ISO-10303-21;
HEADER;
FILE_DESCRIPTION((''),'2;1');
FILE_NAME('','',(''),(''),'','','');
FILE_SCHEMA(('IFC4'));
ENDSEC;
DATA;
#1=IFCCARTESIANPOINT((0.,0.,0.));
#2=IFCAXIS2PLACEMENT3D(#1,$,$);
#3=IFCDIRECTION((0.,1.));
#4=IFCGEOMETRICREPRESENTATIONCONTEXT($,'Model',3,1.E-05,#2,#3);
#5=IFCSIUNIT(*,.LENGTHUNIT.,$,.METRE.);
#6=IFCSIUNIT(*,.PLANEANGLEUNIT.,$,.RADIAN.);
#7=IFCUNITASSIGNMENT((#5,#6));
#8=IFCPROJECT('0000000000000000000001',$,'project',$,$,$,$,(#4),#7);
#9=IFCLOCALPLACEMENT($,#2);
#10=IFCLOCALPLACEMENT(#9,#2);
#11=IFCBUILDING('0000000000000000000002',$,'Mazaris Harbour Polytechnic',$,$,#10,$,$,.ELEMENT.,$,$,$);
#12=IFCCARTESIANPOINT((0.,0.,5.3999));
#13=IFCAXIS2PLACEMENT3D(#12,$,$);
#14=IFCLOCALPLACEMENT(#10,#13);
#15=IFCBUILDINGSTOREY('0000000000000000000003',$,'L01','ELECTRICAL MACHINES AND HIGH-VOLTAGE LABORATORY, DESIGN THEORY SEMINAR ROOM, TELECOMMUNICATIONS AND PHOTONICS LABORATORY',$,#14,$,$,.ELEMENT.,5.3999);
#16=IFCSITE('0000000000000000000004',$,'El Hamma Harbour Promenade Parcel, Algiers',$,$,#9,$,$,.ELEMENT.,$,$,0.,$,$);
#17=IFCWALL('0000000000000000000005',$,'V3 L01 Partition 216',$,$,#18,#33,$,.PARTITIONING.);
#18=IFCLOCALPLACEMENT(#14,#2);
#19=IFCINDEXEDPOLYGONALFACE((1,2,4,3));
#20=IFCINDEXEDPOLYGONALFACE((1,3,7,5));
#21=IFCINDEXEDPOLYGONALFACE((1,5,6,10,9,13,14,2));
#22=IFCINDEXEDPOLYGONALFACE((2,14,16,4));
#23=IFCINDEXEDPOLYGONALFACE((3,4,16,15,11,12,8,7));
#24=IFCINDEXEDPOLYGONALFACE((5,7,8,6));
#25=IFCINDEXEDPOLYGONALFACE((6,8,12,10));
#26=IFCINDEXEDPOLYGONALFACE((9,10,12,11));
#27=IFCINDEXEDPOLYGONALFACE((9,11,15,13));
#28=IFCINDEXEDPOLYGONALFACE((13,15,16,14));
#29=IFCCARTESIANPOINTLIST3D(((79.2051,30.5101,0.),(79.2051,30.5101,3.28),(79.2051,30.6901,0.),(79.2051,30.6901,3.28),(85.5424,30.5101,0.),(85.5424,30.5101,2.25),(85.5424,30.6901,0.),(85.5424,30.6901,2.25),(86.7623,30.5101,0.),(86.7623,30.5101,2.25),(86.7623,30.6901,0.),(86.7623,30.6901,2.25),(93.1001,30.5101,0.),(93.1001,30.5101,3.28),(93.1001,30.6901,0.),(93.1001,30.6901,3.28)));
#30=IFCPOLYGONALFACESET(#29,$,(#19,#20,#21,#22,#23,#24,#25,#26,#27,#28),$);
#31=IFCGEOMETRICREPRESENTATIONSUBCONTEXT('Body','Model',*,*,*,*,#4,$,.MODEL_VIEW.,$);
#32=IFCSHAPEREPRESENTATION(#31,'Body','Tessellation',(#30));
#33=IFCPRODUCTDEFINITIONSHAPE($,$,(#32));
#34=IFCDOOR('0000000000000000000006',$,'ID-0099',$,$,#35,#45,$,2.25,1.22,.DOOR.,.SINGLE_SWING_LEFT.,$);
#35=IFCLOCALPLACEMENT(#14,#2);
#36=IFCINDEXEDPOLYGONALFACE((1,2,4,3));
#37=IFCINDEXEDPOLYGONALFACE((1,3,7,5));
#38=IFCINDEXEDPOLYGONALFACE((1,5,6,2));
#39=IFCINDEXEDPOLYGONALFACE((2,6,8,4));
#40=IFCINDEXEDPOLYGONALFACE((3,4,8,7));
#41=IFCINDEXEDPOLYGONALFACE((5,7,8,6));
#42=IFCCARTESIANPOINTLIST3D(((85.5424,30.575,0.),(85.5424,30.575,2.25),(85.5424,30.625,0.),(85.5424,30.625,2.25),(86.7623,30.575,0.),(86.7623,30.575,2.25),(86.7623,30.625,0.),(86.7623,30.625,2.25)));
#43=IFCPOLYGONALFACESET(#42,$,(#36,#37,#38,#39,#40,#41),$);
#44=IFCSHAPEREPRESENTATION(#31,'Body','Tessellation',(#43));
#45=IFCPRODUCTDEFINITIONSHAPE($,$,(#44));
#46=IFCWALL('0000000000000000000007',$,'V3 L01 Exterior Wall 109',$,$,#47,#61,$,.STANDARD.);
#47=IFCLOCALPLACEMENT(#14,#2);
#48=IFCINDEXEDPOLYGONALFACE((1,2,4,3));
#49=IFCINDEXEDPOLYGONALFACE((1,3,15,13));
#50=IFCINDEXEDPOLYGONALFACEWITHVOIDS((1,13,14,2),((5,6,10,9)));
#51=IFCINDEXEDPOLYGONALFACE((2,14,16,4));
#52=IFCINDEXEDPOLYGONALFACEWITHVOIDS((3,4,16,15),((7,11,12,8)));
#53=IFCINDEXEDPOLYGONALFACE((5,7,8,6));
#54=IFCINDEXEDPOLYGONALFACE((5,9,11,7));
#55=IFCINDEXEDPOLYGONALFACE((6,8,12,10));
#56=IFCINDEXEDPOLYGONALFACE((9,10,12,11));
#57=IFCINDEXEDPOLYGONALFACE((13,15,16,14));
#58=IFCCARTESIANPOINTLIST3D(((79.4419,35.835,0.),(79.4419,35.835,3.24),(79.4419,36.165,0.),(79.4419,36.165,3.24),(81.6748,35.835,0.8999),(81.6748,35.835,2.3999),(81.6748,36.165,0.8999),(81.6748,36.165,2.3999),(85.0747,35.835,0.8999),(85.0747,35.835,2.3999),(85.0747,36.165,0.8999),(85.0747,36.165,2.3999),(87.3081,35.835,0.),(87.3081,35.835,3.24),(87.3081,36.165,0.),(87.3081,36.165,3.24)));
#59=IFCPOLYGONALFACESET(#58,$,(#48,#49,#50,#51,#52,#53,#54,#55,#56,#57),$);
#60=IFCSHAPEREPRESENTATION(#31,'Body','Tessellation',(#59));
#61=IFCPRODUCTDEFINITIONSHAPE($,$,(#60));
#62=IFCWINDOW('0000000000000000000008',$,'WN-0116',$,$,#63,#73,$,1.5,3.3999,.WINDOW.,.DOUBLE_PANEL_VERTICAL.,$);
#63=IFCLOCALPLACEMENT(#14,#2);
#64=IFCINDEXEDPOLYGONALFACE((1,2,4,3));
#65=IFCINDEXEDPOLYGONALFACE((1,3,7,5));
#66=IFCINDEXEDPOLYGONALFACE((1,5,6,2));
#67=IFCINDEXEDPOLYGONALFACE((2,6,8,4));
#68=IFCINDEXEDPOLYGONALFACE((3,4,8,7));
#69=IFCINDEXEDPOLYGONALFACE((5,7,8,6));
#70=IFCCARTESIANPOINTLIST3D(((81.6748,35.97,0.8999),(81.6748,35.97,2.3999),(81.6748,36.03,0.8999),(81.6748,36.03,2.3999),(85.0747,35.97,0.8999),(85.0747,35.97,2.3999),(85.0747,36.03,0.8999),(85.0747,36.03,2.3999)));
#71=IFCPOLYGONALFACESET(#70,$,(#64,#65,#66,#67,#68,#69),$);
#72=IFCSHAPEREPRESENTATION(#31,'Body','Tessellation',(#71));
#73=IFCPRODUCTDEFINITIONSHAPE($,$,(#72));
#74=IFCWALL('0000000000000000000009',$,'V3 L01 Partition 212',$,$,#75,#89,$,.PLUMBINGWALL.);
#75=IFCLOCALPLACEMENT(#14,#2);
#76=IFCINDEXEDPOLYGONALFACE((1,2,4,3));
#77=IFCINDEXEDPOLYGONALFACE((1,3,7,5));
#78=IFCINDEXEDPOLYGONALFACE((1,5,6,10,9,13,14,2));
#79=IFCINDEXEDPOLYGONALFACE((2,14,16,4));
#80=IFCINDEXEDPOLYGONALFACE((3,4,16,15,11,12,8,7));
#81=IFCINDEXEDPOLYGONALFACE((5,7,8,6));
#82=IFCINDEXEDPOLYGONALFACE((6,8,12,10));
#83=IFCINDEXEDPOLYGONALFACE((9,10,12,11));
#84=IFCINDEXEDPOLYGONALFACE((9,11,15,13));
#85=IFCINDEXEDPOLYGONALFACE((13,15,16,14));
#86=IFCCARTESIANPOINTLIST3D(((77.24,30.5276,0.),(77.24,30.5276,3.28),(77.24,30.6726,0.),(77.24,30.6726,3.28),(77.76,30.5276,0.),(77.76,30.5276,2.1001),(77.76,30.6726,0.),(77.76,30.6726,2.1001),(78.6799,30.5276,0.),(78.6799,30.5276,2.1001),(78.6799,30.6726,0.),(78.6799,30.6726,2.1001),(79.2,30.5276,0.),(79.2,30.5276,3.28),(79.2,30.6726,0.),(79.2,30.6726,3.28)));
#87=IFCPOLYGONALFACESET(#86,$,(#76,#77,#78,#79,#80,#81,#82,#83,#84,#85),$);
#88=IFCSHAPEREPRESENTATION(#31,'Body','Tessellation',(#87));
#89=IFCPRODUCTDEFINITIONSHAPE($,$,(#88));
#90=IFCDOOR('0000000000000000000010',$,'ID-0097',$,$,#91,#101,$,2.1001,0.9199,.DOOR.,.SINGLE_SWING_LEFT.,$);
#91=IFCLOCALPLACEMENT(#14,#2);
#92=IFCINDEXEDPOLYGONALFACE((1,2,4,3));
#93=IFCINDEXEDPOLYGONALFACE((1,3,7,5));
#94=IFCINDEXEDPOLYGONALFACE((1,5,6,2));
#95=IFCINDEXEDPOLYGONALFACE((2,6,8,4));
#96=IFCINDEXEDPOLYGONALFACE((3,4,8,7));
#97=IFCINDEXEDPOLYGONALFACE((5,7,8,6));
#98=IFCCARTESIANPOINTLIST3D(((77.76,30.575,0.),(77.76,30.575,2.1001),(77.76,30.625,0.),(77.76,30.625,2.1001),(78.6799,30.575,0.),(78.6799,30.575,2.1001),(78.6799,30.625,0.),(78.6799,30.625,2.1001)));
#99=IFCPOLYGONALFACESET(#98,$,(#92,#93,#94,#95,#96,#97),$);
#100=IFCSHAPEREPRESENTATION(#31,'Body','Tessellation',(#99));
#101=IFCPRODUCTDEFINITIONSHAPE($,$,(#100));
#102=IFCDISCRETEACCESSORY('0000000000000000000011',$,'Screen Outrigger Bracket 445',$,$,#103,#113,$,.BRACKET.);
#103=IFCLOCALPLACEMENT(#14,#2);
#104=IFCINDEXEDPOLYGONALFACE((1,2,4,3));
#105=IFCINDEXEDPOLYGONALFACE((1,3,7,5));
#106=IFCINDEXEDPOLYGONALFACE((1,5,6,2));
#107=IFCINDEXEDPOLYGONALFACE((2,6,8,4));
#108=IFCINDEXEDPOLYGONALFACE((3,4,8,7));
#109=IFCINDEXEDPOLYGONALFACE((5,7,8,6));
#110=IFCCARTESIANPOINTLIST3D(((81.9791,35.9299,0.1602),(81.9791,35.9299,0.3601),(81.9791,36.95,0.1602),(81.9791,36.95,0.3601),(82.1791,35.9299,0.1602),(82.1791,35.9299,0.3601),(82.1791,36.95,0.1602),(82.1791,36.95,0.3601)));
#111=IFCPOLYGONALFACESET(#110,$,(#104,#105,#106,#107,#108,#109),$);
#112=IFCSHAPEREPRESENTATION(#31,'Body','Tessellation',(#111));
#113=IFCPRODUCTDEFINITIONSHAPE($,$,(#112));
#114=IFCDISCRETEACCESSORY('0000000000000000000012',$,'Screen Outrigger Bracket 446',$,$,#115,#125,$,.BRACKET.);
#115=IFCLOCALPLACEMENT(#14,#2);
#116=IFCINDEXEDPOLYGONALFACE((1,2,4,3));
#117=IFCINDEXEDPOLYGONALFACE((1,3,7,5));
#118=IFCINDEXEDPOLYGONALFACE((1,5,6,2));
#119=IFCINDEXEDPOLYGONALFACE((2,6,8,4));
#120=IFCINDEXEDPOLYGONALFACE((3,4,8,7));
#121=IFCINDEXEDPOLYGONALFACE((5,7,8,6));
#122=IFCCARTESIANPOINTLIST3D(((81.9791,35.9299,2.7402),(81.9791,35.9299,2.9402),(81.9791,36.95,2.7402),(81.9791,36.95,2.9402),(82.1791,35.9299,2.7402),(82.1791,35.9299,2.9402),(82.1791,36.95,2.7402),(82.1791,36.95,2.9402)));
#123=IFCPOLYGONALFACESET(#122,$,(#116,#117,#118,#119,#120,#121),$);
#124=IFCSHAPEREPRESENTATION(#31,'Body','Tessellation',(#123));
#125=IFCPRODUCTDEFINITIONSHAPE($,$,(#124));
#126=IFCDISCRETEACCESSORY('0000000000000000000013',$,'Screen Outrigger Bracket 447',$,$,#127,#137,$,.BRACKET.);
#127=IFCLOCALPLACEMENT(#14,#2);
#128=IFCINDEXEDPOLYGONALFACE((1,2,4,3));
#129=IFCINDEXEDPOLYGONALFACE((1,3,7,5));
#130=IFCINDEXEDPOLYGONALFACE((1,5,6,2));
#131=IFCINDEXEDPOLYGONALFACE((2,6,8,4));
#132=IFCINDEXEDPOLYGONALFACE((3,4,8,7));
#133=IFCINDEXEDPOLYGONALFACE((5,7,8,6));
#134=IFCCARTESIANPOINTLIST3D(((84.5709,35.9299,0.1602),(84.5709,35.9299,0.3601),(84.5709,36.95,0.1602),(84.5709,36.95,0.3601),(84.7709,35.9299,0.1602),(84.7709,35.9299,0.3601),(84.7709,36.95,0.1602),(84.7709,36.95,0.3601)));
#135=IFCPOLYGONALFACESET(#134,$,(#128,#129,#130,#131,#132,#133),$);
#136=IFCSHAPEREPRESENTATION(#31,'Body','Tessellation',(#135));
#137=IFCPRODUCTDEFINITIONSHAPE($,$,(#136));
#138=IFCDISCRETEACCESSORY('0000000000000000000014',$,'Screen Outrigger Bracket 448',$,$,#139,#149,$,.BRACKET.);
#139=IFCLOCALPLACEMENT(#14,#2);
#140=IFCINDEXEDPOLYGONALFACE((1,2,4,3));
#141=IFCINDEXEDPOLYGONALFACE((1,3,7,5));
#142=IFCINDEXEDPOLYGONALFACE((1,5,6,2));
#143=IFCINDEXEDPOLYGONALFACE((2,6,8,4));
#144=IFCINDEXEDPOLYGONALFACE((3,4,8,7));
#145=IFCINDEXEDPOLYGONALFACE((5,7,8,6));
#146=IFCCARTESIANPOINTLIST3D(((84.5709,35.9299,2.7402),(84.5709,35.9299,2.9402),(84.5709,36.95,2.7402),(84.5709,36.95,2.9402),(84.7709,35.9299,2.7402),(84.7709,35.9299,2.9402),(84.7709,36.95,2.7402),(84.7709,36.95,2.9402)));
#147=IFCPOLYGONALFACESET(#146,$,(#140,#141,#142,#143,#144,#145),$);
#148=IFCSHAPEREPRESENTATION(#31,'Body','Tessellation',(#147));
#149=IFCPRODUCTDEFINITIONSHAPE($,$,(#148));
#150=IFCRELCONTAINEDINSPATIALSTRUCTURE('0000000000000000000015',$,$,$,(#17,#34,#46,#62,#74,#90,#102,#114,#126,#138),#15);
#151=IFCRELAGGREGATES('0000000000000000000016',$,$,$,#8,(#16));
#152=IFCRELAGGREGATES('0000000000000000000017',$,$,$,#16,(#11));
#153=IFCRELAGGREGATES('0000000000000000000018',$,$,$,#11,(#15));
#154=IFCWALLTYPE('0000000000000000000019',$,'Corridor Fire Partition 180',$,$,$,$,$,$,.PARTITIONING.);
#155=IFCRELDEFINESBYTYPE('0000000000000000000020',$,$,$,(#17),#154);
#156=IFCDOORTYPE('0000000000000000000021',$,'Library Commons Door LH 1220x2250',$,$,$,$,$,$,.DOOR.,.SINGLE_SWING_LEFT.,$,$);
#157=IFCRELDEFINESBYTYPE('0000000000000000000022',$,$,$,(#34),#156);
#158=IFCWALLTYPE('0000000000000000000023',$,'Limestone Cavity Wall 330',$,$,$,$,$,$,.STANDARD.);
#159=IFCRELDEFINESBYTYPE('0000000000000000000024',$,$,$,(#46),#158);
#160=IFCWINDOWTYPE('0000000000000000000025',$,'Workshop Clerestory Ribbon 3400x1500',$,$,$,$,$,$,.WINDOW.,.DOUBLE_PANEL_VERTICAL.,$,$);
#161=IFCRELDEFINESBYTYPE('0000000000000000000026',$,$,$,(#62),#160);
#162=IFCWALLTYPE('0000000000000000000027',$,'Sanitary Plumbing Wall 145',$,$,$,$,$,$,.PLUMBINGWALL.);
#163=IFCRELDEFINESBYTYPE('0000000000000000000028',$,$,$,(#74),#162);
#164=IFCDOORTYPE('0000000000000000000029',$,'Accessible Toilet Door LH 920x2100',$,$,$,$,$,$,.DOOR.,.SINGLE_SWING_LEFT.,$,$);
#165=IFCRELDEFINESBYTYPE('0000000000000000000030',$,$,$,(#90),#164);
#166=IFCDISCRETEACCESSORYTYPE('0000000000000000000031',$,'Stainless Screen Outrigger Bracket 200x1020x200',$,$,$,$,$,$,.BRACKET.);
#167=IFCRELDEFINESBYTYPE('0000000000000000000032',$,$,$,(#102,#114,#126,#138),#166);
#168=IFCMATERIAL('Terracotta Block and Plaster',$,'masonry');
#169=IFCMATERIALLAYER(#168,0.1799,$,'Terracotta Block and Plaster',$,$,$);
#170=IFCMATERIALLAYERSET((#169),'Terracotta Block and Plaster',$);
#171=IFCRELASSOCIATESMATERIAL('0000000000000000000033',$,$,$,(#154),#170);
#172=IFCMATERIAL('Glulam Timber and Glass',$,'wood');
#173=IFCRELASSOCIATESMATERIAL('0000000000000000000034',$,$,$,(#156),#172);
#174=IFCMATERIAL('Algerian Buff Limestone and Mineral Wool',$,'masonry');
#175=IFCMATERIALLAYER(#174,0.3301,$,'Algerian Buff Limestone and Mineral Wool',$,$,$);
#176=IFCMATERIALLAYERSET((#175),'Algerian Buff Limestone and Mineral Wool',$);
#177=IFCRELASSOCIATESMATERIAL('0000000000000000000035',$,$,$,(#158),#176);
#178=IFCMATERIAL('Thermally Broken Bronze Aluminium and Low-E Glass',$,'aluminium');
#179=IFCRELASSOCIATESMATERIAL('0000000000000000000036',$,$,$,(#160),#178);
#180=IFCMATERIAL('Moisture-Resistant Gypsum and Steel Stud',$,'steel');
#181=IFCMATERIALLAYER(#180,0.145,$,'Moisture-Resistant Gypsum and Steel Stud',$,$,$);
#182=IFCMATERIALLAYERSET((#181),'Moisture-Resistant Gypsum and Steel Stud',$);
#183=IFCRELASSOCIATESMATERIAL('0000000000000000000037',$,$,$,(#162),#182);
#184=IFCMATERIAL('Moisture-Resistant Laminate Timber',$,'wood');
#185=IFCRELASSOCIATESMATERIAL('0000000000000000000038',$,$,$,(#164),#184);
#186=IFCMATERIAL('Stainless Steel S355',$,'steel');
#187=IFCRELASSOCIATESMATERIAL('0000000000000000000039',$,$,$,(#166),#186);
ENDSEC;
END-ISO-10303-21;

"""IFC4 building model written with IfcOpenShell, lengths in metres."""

from ifc_helpers import new_model, si_unit, direction, frame, frame_2d, origin, origin_2d, place, context, subcontext, project, spatial, rectangle, extrude, material, layer, layer_set, type_object, element, fill, save


model = new_model("IFC4")

# Units and contexts
model_context = context("Model", 3, precision=1e-05, world=origin(), true_north=direction((0.0, 1.0)))
body_context = subcontext(model_context, "Body", "Model", "MODEL_VIEW")
ifc_project = project(units=[si_unit("LENGTHUNIT", "METRE"), si_unit("PLANEANGLEUNIT", "RADIAN")], contexts=[model_context])

# Site, building, storey
site_placement = place(None, origin())
site = spatial("IfcSite", under=ifc_project, at=site_placement, Name="El Hamma Harbour Promenade Parcel, Algiers", CompositionType="ELEMENT", RefElevation=0.0)
building_placement = place(site_placement, origin())
building = spatial("IfcBuilding", under=site, at=building_placement, Name="Mazaris Harbour Polytechnic", CompositionType="ELEMENT")
storey_placement = place(building_placement, frame((0.0, 0.0, 5.3999)))
storey = spatial("IfcBuildingStorey", under=building, at=storey_placement, Name="L01", Description="ELECTRICAL MACHINES AND HIGH-VOLTAGE LABORATORY, DESIGN THEORY SEMINAR ROOM, TELECOMMUNICATIONS AND PHOTONICS LABORATORY", CompositionType="ELEMENT", Elevation=5.3999)

# Wall, opening, door
ifc_material_1 = material(Name="Terracotta Block and Plaster", Category="masonry")
ifc_layer_1 = layer(ifc_material_1, 0.1799, Name="Terracotta Block and Plaster")
ifc_layer_set_1 = layer_set([ifc_layer_1], Name="Terracotta Block and Plaster")
wall_type_1 = type_object("IfcWallType", Name="Corridor Fire Partition 180", PredefinedType="PARTITIONING", material=ifc_layer_set_1)
wall_1_placement = place(storey_placement, frame((79.2051, 30.6001, 0.0), z_axis=(0.0, 0.0, 1.0), x_axis=(1.0, 0.0, 0.0)))
wall_1 = element("IfcWall", 1, at=wall_1_placement, inside=storey, type_object=wall_type_1, Name="V3 L01 Partition 216", PredefinedType="PARTITIONING", context=body_context, shape_type="SweptSolid", body=[
    extrude(rectangle(XDim=13.895, YDim=0.1799, at=frame_2d((6.9475, 0.0))), origin(), (0.0, 0.0, 1.0), 3.28),
])
opening_1_placement = place(wall_1_placement, frame((6.3374, 0.0, 0.0)))
opening_1 = element("IfcOpeningElement", 2, at=opening_1_placement, cuts=wall_1, PredefinedType="OPENING", context=body_context, shape_type="SweptSolid", body=[
    extrude(rectangle(XDim=1.22, YDim=2.25, at=frame_2d((0.6099, 1.125))), frame((0.0, 0.0999, 0.0), z_axis=(0.0, -1.0, 0.0), x_axis=(1.0, 0.0, 0.0)), (0.0, 0.0, 1.0), 0.2),
])
ifc_material_2 = material(Name="Glulam Timber and Glass", Category="wood")
door_type_1 = type_object("IfcDoorType", Name="Library Commons Door LH 1220x2250", OperationType="SINGLE_SWING_LEFT", PredefinedType="DOOR", material=ifc_material_2)
door_1_placement = place(opening_1_placement, origin())
door_1 = element("IfcDoor", 3, at=door_1_placement, inside=storey, type_object=door_type_1, Name="ID-0099", OperationType="SINGLE_SWING_LEFT", OverallHeight=2.25, OverallWidth=1.22, PredefinedType="DOOR", context=body_context, shape_type="SweptSolid", body=[
    extrude(rectangle(XDim=1.22, YDim=2.25, at=frame_2d((0.6099, 1.125))), frame((0.0, 0.0249, 0.0), z_axis=(0.0, -1.0, 0.0), x_axis=(1.0, 0.0, 0.0)), (0.0, 0.0, 1.0), 0.05),
])
fill(opening_1, door_1)

# Wall, opening, window
ifc_material_3 = material(Name="Algerian Buff Limestone and Mineral Wool", Category="masonry")
ifc_layer_2 = layer(ifc_material_3, 0.3301, Name="Algerian Buff Limestone and Mineral Wool")
ifc_layer_set_2 = layer_set([ifc_layer_2], Name="Algerian Buff Limestone and Mineral Wool")
wall_type_2 = type_object("IfcWallType", Name="Limestone Cavity Wall 330", PredefinedType="STANDARD", material=ifc_layer_set_2)
wall_2_placement = place(storey_placement, frame((79.4419, 36.0, 0.0), z_axis=(0.0, 0.0, 1.0), x_axis=(1.0, 0.0, 0.0)))
wall_2 = element("IfcWall", 4, at=wall_2_placement, inside=storey, type_object=wall_type_2, Name="V3 L01 Exterior Wall 109", PredefinedType="STANDARD", context=body_context, shape_type="SweptSolid", body=[
    extrude(rectangle(XDim=7.8662, YDim=0.3301, at=frame_2d((3.9331, 0.0))), origin(), (0.0, 0.0, 1.0), 3.24),
])
opening_2_placement = place(wall_2_placement, frame((2.2329, 0.0, 0.8999)))
opening_2 = element("IfcOpeningElement", 5, at=opening_2_placement, cuts=wall_2, PredefinedType="OPENING", context=body_context, shape_type="SweptSolid", body=[
    extrude(rectangle(XDim=3.3999, YDim=1.5, at=frame_2d((1.7, 0.75))), frame((0.0, 0.175, 0.0), z_axis=(0.0, -1.0, 0.0), x_axis=(1.0, 0.0, 0.0)), (0.0, 0.0, 1.0), 0.3501),
])
ifc_material_4 = material(Name="Thermally Broken Bronze Aluminium and Low-E Glass", Category="aluminium")
window_type = type_object("IfcWindowType", Name="Workshop Clerestory Ribbon 3400x1500", PartitioningType="DOUBLE_PANEL_VERTICAL", PredefinedType="WINDOW", material=ifc_material_4)
window_placement = place(opening_2_placement, origin())
window = element("IfcWindow", 6, at=window_placement, inside=storey, type_object=window_type, Name="WN-0116", OverallHeight=1.5, OverallWidth=3.3999, PartitioningType="DOUBLE_PANEL_VERTICAL", PredefinedType="WINDOW", context=body_context, shape_type="SweptSolid", body=[
    extrude(rectangle(XDim=3.3999, YDim=1.5, at=frame_2d((1.7, 0.75))), frame((0.0, 0.03, 0.0), z_axis=(0.0, -1.0, 0.0), x_axis=(1.0, 0.0, 0.0)), (0.0, 0.0, 1.0), 0.0601),
])
fill(opening_2, window)

# Wall, opening, door
ifc_material_5 = material(Name="Moisture-Resistant Gypsum and Steel Stud", Category="steel")
ifc_layer_3 = layer(ifc_material_5, 0.145, Name="Moisture-Resistant Gypsum and Steel Stud")
ifc_layer_set_3 = layer_set([ifc_layer_3], Name="Moisture-Resistant Gypsum and Steel Stud")
wall_type_3 = type_object("IfcWallType", Name="Sanitary Plumbing Wall 145", PredefinedType="PLUMBINGWALL", material=ifc_layer_set_3)
wall_3_placement = place(storey_placement, frame((77.24, 30.6001, 0.0), z_axis=(0.0, 0.0, 1.0), x_axis=(1.0, 0.0, 0.0)))
wall_3 = element("IfcWall", 7, at=wall_3_placement, inside=storey, type_object=wall_type_3, Name="V3 L01 Partition 212", PredefinedType="PLUMBINGWALL", context=body_context, shape_type="SweptSolid", body=[
    extrude(rectangle(XDim=1.96, YDim=0.145, at=frame_2d((0.98, 0.0))), origin(), (0.0, 0.0, 1.0), 3.28),
])
opening_3_placement = place(wall_3_placement, frame((0.52, 0.0, 0.0)))
opening_3 = element("IfcOpeningElement", 8, at=opening_3_placement, cuts=wall_3, PredefinedType="OPENING", context=body_context, shape_type="SweptSolid", body=[
    extrude(rectangle(XDim=0.9199, YDim=2.1001, at=frame_2d((0.46, 1.05))), frame((0.0, 0.0825, 0.0), z_axis=(0.0, -1.0, 0.0), x_axis=(1.0, 0.0, 0.0)), (0.0, 0.0, 1.0), 0.165),
])
ifc_material_6 = material(Name="Moisture-Resistant Laminate Timber", Category="wood")
door_type_2 = type_object("IfcDoorType", Name="Accessible Toilet Door LH 920x2100", OperationType="SINGLE_SWING_LEFT", PredefinedType="DOOR", material=ifc_material_6)
door_2_placement = place(opening_3_placement, origin())
door_2 = element("IfcDoor", 9, at=door_2_placement, inside=storey, type_object=door_type_2, Name="ID-0097", OperationType="SINGLE_SWING_LEFT", OverallHeight=2.1001, OverallWidth=0.9199, PredefinedType="DOOR", context=body_context, shape_type="SweptSolid", body=[
    extrude(rectangle(XDim=0.9199, YDim=2.1001, at=frame_2d((0.46, 1.05))), frame((0.0, 0.0249, 0.0), z_axis=(0.0, -1.0, 0.0), x_axis=(1.0, 0.0, 0.0)), (0.0, 0.0, 1.0), 0.05),
])
fill(opening_3, door_2)

# Discrete accessories
ifc_material_7 = material(Name="Stainless Steel S355", Category="steel")
discrete_accessory_type = type_object("IfcDiscreteAccessoryType", Name="Stainless Screen Outrigger Bracket 200x1020x200", PredefinedType="BRACKET", material=ifc_material_7)
for number, where, z_axis, x_axis, name in (
    (10, (82.0791, 36.4399, 0.1602), (0.0, 0.0, 1.0), (1.0, 0.0, 0.0), "Screen Outrigger Bracket 445"),
    (11, (82.0791, 36.4399, 2.7402), (0.0, 0.0, 1.0), (1.0, 0.0, 0.0), "Screen Outrigger Bracket 446"),
    (12, (84.6709, 36.4399, 0.1602), (0.0, 0.0, 1.0), (1.0, 0.0, 0.0), "Screen Outrigger Bracket 447"),
    (13, (84.6709, 36.4399, 2.7402), (0.0, 0.0, 1.0), (1.0, 0.0, 0.0), "Screen Outrigger Bracket 448"),
):
    element("IfcDiscreteAccessory", number, at=place(storey_placement, frame(where, z_axis=z_axis, x_axis=x_axis)), inside=storey, type_object=discrete_accessory_type, Name=name, PredefinedType="BRACKET", context=body_context, shape_type="SweptSolid", body=[
        extrude(rectangle(XDim=0.2, YDim=1.02, at=origin_2d()), origin(), (0.0, 0.0, 1.0), 0.2),
    ])

save(model, "model.ifc")
